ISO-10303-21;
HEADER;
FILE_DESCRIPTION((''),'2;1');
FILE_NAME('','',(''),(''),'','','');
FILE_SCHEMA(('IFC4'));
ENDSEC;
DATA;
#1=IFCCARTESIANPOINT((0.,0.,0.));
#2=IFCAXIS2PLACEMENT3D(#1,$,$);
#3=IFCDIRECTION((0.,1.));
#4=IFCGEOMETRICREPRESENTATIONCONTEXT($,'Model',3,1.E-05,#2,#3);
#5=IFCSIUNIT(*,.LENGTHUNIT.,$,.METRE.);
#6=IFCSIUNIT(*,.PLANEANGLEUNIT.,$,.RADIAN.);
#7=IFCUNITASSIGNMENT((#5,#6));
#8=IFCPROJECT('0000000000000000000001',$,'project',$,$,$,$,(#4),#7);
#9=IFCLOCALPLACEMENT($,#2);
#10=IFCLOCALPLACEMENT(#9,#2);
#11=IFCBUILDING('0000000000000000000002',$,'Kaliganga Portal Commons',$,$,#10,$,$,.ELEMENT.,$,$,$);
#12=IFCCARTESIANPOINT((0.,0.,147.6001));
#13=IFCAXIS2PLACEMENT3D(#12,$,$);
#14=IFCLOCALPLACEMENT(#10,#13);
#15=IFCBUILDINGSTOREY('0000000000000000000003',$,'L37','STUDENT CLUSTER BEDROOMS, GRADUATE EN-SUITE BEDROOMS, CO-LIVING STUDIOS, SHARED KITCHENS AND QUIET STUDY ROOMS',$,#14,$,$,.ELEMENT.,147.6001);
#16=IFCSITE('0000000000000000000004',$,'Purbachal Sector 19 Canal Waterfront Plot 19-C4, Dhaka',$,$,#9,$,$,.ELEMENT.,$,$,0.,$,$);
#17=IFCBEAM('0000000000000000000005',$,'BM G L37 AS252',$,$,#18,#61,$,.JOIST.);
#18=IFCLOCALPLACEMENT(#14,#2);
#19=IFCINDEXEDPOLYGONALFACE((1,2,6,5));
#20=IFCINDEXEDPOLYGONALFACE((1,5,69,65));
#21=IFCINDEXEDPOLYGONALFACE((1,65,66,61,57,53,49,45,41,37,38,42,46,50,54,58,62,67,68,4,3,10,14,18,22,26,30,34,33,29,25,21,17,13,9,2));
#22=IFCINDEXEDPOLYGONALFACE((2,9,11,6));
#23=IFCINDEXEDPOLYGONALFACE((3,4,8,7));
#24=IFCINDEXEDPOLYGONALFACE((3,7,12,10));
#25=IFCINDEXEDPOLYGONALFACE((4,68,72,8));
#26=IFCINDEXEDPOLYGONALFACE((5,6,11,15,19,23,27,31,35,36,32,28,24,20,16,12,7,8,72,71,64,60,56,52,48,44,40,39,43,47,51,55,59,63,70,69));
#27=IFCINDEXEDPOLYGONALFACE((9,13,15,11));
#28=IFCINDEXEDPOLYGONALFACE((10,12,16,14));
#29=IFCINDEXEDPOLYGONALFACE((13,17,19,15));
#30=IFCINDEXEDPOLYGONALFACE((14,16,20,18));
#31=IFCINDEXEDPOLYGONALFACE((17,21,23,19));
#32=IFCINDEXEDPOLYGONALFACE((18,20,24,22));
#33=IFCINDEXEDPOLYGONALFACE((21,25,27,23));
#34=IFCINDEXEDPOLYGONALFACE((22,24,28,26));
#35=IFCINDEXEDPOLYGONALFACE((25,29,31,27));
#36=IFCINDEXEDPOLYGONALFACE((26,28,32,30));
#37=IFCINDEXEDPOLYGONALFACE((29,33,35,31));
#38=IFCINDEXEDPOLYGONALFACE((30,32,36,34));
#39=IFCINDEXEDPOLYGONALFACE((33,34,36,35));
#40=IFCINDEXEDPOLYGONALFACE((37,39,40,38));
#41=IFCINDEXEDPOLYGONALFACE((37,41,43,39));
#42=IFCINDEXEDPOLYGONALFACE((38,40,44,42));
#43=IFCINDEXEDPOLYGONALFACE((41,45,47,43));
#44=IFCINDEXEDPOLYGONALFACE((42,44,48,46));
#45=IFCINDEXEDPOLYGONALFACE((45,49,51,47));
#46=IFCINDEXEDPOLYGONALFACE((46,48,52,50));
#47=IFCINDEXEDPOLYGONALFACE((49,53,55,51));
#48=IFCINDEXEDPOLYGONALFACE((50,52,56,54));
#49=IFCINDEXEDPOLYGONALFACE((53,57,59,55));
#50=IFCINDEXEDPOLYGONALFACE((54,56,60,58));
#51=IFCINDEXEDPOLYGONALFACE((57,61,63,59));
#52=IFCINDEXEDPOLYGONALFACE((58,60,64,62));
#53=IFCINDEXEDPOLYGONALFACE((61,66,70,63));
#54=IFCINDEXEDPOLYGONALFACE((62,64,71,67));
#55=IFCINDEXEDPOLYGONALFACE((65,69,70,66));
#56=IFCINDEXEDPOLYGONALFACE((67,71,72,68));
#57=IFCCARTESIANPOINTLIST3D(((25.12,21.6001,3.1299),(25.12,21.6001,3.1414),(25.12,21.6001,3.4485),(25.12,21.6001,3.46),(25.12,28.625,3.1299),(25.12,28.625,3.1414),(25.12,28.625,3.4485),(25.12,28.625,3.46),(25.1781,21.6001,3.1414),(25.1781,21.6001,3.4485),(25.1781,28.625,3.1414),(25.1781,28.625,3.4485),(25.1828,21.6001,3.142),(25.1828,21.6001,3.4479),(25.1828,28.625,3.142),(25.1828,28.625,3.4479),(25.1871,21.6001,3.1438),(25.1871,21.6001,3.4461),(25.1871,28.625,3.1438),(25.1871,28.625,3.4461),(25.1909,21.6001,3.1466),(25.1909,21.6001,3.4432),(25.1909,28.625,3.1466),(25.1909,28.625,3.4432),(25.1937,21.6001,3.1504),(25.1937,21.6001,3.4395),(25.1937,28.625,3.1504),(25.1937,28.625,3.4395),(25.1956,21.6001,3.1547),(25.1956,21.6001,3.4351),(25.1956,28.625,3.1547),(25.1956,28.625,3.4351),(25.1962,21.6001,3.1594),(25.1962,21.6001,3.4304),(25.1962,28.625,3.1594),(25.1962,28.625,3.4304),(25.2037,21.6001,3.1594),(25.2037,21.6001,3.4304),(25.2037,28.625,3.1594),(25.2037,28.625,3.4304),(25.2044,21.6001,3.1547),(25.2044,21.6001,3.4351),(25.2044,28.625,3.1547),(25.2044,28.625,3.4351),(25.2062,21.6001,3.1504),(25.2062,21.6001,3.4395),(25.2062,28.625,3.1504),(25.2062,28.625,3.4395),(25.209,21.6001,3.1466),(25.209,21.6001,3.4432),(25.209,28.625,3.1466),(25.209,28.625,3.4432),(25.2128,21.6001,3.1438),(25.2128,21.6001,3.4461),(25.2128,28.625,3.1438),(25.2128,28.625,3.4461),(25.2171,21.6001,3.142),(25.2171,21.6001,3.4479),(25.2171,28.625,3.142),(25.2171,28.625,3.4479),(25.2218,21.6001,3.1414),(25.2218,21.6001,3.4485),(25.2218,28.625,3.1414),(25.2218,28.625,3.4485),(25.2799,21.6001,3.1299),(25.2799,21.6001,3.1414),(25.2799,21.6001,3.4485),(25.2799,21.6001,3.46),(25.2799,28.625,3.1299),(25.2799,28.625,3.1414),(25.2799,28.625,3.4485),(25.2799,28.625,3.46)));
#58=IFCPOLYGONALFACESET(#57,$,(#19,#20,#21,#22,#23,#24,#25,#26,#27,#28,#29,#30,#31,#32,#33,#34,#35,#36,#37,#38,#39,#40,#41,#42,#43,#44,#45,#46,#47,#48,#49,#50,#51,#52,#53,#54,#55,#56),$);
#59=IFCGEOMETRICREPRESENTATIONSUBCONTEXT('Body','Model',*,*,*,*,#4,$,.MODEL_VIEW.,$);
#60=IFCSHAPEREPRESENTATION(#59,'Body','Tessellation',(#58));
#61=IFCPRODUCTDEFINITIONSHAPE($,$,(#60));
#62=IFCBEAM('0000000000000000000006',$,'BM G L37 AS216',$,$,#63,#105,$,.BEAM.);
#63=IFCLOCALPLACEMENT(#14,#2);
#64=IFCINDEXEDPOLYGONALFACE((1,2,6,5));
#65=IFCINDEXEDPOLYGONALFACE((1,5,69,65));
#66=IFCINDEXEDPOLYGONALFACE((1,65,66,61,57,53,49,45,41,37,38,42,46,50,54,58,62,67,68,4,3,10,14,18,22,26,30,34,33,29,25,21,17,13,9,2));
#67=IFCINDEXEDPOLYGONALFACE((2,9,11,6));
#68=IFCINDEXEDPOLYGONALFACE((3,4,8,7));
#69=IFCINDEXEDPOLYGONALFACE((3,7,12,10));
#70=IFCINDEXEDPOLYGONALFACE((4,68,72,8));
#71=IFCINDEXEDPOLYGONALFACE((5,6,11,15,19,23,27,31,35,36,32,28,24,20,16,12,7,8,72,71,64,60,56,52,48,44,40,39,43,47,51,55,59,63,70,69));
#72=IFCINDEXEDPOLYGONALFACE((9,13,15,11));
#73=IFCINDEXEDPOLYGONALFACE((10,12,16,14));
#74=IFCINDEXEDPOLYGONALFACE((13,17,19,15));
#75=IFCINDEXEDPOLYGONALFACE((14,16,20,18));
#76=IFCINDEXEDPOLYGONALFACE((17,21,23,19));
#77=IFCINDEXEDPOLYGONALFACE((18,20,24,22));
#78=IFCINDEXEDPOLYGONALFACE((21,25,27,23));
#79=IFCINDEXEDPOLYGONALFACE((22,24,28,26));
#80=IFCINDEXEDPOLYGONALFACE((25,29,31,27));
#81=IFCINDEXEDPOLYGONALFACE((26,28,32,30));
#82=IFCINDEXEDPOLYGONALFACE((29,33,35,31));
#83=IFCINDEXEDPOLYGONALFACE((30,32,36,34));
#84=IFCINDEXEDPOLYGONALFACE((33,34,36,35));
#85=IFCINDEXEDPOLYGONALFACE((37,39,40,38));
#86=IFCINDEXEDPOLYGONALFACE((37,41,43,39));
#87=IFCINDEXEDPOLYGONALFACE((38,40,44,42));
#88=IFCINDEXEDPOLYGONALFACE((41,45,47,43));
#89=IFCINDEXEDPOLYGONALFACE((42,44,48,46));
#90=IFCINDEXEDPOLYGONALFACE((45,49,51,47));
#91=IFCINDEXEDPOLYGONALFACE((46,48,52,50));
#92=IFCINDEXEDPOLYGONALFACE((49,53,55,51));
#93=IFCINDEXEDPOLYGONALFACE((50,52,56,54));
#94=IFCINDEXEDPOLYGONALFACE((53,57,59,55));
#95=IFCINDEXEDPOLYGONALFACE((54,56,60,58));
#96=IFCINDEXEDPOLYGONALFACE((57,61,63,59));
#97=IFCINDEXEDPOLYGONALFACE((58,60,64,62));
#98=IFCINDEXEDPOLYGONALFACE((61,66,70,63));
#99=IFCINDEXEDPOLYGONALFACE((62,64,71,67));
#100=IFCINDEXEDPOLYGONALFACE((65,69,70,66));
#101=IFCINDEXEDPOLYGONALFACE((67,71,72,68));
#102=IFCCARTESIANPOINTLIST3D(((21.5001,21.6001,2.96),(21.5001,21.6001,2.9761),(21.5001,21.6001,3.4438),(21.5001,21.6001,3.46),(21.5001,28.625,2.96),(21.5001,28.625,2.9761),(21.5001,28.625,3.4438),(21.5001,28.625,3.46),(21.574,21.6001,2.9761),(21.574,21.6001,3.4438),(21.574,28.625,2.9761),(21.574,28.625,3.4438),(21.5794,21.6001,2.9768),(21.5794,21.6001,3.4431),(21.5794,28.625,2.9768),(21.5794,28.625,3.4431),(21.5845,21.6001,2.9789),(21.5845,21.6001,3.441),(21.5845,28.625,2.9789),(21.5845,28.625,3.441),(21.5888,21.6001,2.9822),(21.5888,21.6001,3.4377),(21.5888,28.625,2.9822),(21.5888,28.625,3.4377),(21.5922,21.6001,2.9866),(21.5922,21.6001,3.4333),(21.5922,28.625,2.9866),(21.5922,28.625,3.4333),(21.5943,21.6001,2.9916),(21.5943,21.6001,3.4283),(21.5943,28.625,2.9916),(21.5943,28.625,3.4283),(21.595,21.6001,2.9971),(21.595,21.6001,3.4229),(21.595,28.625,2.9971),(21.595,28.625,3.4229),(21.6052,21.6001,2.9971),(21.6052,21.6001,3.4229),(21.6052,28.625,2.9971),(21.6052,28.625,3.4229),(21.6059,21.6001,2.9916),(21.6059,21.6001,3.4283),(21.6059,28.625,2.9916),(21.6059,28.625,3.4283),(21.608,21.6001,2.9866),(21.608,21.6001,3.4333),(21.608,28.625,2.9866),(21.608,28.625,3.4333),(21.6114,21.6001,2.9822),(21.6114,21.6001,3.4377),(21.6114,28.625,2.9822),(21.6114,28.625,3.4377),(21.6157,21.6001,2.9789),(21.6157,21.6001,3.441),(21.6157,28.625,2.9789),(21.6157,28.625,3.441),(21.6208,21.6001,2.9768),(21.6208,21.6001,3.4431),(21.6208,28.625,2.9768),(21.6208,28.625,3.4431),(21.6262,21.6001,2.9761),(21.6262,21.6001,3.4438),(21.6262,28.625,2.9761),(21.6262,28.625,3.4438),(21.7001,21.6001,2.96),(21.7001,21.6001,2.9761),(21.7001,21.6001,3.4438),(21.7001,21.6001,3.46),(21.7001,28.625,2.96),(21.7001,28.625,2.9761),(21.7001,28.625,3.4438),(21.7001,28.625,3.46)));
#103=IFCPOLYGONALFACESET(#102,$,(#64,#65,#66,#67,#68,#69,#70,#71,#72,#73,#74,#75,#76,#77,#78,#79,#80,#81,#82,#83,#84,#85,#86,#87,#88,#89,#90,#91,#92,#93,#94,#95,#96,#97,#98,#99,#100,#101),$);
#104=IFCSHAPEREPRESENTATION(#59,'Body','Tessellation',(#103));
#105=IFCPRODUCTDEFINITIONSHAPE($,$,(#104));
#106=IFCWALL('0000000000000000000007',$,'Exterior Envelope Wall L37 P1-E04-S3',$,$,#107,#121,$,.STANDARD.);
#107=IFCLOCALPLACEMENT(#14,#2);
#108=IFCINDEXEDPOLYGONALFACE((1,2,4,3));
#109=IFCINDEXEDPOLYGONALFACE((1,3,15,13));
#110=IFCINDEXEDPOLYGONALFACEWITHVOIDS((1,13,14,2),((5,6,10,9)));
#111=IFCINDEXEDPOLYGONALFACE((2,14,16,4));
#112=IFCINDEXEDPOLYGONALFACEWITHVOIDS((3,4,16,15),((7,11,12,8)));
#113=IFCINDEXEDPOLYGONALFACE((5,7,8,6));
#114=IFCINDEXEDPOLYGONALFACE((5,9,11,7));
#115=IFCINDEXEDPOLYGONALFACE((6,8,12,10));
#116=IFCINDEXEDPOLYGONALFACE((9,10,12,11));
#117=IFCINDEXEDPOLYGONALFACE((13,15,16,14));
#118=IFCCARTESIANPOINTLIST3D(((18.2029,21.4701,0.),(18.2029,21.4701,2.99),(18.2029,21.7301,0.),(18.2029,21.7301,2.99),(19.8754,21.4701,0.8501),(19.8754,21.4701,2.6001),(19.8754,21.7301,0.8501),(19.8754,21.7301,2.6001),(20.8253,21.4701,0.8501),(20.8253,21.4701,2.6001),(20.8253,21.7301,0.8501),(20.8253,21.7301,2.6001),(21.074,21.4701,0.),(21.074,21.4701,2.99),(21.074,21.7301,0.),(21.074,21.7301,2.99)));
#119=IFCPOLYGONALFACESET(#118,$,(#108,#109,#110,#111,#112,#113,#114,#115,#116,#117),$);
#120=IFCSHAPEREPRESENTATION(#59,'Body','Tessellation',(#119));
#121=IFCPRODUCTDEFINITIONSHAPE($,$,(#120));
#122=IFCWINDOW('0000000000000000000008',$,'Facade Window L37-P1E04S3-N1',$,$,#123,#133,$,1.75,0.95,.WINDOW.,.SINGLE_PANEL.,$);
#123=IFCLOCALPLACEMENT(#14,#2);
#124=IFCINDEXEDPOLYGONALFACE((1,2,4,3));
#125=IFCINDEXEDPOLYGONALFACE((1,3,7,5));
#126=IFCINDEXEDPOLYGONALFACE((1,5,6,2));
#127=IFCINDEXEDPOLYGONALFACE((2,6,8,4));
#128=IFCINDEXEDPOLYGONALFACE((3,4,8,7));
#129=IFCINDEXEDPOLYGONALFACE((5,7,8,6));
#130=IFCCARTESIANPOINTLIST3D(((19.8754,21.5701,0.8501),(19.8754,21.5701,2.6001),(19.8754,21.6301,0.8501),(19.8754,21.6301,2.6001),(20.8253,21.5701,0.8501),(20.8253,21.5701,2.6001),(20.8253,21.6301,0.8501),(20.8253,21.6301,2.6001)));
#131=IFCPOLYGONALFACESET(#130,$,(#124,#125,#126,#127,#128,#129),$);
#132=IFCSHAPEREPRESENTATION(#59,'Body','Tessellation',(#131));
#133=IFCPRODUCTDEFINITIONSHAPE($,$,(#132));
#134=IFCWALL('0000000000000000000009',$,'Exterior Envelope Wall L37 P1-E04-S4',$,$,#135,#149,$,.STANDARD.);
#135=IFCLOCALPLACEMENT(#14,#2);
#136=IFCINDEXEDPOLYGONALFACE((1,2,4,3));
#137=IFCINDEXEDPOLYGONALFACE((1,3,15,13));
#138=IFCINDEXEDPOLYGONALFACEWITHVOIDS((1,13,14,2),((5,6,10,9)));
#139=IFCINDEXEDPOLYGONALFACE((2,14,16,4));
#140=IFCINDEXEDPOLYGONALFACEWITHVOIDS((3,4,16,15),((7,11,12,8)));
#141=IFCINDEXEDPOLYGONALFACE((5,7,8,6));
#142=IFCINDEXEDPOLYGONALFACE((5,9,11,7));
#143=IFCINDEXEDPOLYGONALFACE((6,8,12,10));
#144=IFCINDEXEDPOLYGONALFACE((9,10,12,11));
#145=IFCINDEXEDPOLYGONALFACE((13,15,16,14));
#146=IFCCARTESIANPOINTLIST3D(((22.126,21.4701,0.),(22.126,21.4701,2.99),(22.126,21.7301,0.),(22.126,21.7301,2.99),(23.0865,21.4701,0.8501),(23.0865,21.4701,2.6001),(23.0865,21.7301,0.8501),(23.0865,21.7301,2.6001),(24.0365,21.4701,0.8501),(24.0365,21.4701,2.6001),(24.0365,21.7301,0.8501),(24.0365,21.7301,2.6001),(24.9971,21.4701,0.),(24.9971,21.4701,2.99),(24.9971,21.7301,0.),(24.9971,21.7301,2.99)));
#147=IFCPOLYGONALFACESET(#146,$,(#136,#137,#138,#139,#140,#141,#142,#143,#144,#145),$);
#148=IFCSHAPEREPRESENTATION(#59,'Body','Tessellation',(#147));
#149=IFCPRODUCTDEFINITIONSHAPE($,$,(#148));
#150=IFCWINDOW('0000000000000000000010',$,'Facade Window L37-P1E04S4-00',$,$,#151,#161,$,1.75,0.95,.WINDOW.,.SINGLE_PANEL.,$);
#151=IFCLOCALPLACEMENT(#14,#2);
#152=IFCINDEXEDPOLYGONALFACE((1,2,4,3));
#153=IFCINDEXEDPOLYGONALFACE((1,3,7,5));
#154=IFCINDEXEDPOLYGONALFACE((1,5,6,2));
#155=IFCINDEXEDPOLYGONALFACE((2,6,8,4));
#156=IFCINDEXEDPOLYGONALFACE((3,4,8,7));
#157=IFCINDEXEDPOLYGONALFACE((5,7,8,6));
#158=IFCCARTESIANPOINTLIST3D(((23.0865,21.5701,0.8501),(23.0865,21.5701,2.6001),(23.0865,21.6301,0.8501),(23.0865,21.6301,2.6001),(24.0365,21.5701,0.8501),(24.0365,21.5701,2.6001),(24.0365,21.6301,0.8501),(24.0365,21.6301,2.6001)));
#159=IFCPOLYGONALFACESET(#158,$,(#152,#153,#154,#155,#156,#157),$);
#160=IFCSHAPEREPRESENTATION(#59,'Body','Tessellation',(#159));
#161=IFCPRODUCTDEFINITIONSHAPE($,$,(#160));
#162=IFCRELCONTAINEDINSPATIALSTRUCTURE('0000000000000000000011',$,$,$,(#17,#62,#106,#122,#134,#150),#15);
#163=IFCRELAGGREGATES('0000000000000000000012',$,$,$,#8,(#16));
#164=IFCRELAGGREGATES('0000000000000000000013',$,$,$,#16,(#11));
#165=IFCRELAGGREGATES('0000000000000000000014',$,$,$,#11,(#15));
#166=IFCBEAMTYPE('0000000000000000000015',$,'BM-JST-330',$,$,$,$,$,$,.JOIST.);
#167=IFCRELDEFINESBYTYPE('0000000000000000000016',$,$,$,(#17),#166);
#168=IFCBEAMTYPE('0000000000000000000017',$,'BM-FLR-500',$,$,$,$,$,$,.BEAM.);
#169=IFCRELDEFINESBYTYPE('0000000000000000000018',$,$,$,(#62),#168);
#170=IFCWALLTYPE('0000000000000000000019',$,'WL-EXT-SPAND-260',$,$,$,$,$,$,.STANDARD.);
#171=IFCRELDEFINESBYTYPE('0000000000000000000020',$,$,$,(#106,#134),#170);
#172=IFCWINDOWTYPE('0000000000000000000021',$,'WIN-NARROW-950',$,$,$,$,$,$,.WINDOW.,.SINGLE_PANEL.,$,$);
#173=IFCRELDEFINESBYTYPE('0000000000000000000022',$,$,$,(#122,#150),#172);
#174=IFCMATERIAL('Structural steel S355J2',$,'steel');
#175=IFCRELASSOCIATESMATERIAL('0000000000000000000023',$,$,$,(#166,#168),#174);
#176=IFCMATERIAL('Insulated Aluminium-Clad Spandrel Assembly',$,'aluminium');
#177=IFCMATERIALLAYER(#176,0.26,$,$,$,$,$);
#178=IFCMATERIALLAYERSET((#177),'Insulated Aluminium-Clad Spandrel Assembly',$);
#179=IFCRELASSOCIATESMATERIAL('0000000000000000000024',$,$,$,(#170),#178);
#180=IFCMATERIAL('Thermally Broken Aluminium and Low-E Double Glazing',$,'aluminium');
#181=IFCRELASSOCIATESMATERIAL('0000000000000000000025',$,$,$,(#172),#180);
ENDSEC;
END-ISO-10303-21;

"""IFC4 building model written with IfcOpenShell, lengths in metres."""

from ifc_helpers import new_model, si_unit, direction, frame, frame_2d, origin, origin_2d, place, context, subcontext, project, spatial, rectangle, i_section, extrude, source, transform, mapped, material, layer, layer_set, material_profile, profile_set, type_object, element, fill, save


model = new_model("IFC4")

# Units and contexts
model_context = context("Model", 3, precision=1e-05, world=origin(), true_north=direction((0.0, 1.0)))
body_context = subcontext(model_context, "Body", "Model", "MODEL_VIEW")
ifc_project = project(units=[si_unit("LENGTHUNIT", "METRE"), si_unit("PLANEANGLEUNIT", "RADIAN")], contexts=[model_context])

# Site, building, storey
site_placement = place(None, origin())
site = spatial("IfcSite", under=ifc_project, at=site_placement, Name="Purbachal Sector 19 Canal Waterfront Plot 19-C4, Dhaka", CompositionType="ELEMENT", RefElevation=0.0)
building_placement = place(site_placement, origin())
building = spatial("IfcBuilding", under=site, at=building_placement, Name="Kaliganga Portal Commons", CompositionType="ELEMENT")
storey_placement = place(building_placement, frame((0.0, 0.0, 147.6001)))
storey = spatial("IfcBuildingStorey", under=building, at=storey_placement, Name="L37", Description="STUDENT CLUSTER BEDROOMS, GRADUATE EN-SUITE BEDROOMS, CO-LIVING STUDIOS, SHARED KITCHENS AND QUIET STUDY ROOMS", CompositionType="ELEMENT", Elevation=147.6001)

# Beams
ifc_material_1 = material(Name="Structural steel S355J2", Category="steel")
ifc_material_profile_1 = material_profile(ifc_material_1, i_section(OverallWidth=0.1599, OverallDepth=0.3301, WebThickness=0.0076, FlangeThickness=0.0115, FilletRadius=0.0181, at=origin_2d()), Name="IPE 330")
ifc_profile_set_1 = profile_set([ifc_material_profile_1], Name="Structural steel S355J2 wide-flange")
beam_type_1 = type_object("IfcBeamType", Name="BM-JST-330", PredefinedType="JOIST", material=ifc_profile_set_1)
shared_shape_1 = source(origin(), body_context, "Body", "SweptSolid", [
    extrude(i_section(OverallWidth=0.1599, OverallDepth=0.3301, WebThickness=0.0076, FlangeThickness=0.0115, FilletRadius=0.0181, at=origin_2d()), origin(), (0.0, 0.0, 1.0), 7.0249),
])
for number, where, z_axis, x_axis, name in (
    (1, (25.2, 21.6001, 3.2949), (0.0, 1.0, 0.0), (-1.0, 0.0, 0.0), "BM G L37 AS252"),
):
    element("IfcBeam", number, at=place(storey_placement, frame(where, z_axis=z_axis, x_axis=x_axis)), inside=storey, type_object=beam_type_1, Name=name, PredefinedType="JOIST", context=body_context, shape_type="MappedRepresentation", body=[
        mapped(shared_shape_1, transform((0.0, 0.0, 0.0), x_axis=(1.0, 0.0, 0.0), y_axis=(0.0, 1.0, 0.0), z_axis=(0.0, 0.0, 1.0), scale=1.0)),
    ])
ifc_material_profile_2 = material_profile(ifc_material_1, i_section(OverallWidth=0.2, OverallDepth=0.5, WebThickness=0.0103, FlangeThickness=0.0161, FilletRadius=0.021, at=origin_2d()), Name="IPE 500")
ifc_profile_set_2 = profile_set([ifc_material_profile_2], Name="Structural steel S355J2 wide-flange")
beam_type_2 = type_object("IfcBeamType", Name="BM-FLR-500", PredefinedType="BEAM", material=ifc_profile_set_2)
shared_shape_2 = source(origin(), body_context, "Body", "SweptSolid", [
    extrude(i_section(OverallWidth=0.2, OverallDepth=0.5, WebThickness=0.0103, FlangeThickness=0.0161, FilletRadius=0.021, at=origin_2d()), origin(), (0.0, 0.0, 1.0), 7.0249),
])
beam_placement = place(storey_placement, frame((21.6001, 21.6001, 3.21), z_axis=(0.0, 1.0, 0.0), x_axis=(-1.0, 0.0, 0.0)))
element("IfcBeam", 2, at=beam_placement, inside=storey, type_object=beam_type_2, Name="BM G L37 AS216", PredefinedType="BEAM", context=body_context, shape_type="MappedRepresentation", body=[
    mapped(shared_shape_2, transform((0.0, 0.0, 0.0), x_axis=(1.0, 0.0, 0.0), y_axis=(0.0, 1.0, 0.0), z_axis=(0.0, 0.0, 1.0), scale=1.0)),
])

# Walls, openings, windows
ifc_material_2 = material(Name="Insulated Aluminium-Clad Spandrel Assembly", Category="aluminium")
ifc_layer_1 = layer(ifc_material_2, 0.26)
ifc_layer_set_1 = layer_set([ifc_layer_1], Name="Insulated Aluminium-Clad Spandrel Assembly")
wall_type_1 = type_object("IfcWallType", Name="WL-EXT-SPAND-260", PredefinedType="STANDARD", material=ifc_layer_set_1)
wall_1_placement = place(storey_placement, frame((21.074, 21.6001, 0.0), z_axis=(0.0, 0.0, 1.0), x_axis=(-1.0, 0.0, 0.0)))
wall_1 = element("IfcWall", 3, at=wall_1_placement, inside=storey, type_object=wall_type_1, Name="Exterior Envelope Wall L37 P1-E04-S3", PredefinedType="STANDARD", context=body_context, shape_type="SweptSolid", body=[
    extrude(rectangle(XDim=2.8711, YDim=0.26, at=frame_2d((1.4355, 0.0))), origin(), (0.0, 0.0, 1.0), 2.99),
])
opening_1_placement = place(wall_1_placement, frame((0.2485, 0.0, 0.8501)))
opening_1 = element("IfcOpeningElement", 4, at=opening_1_placement, cuts=wall_1, PredefinedType="OPENING", context=body_context, shape_type="SweptSolid", body=[
    extrude(rectangle(XDim=0.95, YDim=1.75, at=frame_2d((0.4751, 0.875))), frame((0.0, 0.1401, 0.0), z_axis=(0.0, -1.0, 0.0), x_axis=(1.0, 0.0, 0.0)), (0.0, 0.0, 1.0), 0.28),
])
ifc_material_3 = material(Name="Thermally Broken Aluminium and Low-E Double Glazing", Category="aluminium")
window_type_1 = type_object("IfcWindowType", Name="WIN-NARROW-950", PartitioningType="SINGLE_PANEL", PredefinedType="WINDOW", material=ifc_material_3)
window_1_placement = place(opening_1_placement, origin())
window_1 = element("IfcWindow", 5, at=window_1_placement, inside=storey, type_object=window_type_1, Name="Facade Window L37-P1E04S3-N1", OverallHeight=1.75, OverallWidth=0.95, PartitioningType="SINGLE_PANEL", PredefinedType="WINDOW", context=body_context, shape_type="SweptSolid", body=[
    extrude(rectangle(XDim=0.95, YDim=1.75, at=frame_2d((0.4751, 0.875))), frame((0.0, 0.03, 0.0), z_axis=(0.0, -1.0, 0.0), x_axis=(1.0, 0.0, 0.0)), (0.0, 0.0, 1.0), 0.0601),
])
fill(opening_1, window_1)
wall_2_placement = place(storey_placement, frame((24.9971, 21.6001, 0.0), z_axis=(0.0, 0.0, 1.0), x_axis=(-1.0, 0.0, 0.0)))
wall_2 = element("IfcWall", 6, at=wall_2_placement, inside=storey, type_object=wall_type_1, Name="Exterior Envelope Wall L37 P1-E04-S4", PredefinedType="STANDARD", context=body_context, shape_type="SweptSolid", body=[
    extrude(rectangle(XDim=2.8711, YDim=0.26, at=frame_2d((1.4355, 0.0))), origin(), (0.0, 0.0, 1.0), 2.99),
])
opening_2_placement = place(wall_2_placement, frame((0.9604, 0.0, 0.8501)))
opening_2 = element("IfcOpeningElement", 7, at=opening_2_placement, cuts=wall_2, PredefinedType="OPENING", context=body_context, shape_type="SweptSolid", body=[
    extrude(rectangle(XDim=0.95, YDim=1.75, at=frame_2d((0.4751, 0.875))), frame((0.0, 0.1401, 0.0), z_axis=(0.0, -1.0, 0.0), x_axis=(1.0, 0.0, 0.0)), (0.0, 0.0, 1.0), 0.28),
])
window_2_placement = place(opening_2_placement, origin())
window_2 = element("IfcWindow", 8, at=window_2_placement, inside=storey, type_object=window_type_1, Name="Facade Window L37-P1E04S4-00", OverallHeight=1.75, OverallWidth=0.95, PartitioningType="SINGLE_PANEL", PredefinedType="WINDOW", context=body_context, shape_type="SweptSolid", body=[
    extrude(rectangle(XDim=0.95, YDim=1.75, at=frame_2d((0.4751, 0.875))), frame((0.0, 0.03, 0.0), z_axis=(0.0, -1.0, 0.0), x_axis=(1.0, 0.0, 0.0)), (0.0, 0.0, 1.0), 0.0601),
])
fill(opening_2, window_2)

save(model, "model.ifc")
